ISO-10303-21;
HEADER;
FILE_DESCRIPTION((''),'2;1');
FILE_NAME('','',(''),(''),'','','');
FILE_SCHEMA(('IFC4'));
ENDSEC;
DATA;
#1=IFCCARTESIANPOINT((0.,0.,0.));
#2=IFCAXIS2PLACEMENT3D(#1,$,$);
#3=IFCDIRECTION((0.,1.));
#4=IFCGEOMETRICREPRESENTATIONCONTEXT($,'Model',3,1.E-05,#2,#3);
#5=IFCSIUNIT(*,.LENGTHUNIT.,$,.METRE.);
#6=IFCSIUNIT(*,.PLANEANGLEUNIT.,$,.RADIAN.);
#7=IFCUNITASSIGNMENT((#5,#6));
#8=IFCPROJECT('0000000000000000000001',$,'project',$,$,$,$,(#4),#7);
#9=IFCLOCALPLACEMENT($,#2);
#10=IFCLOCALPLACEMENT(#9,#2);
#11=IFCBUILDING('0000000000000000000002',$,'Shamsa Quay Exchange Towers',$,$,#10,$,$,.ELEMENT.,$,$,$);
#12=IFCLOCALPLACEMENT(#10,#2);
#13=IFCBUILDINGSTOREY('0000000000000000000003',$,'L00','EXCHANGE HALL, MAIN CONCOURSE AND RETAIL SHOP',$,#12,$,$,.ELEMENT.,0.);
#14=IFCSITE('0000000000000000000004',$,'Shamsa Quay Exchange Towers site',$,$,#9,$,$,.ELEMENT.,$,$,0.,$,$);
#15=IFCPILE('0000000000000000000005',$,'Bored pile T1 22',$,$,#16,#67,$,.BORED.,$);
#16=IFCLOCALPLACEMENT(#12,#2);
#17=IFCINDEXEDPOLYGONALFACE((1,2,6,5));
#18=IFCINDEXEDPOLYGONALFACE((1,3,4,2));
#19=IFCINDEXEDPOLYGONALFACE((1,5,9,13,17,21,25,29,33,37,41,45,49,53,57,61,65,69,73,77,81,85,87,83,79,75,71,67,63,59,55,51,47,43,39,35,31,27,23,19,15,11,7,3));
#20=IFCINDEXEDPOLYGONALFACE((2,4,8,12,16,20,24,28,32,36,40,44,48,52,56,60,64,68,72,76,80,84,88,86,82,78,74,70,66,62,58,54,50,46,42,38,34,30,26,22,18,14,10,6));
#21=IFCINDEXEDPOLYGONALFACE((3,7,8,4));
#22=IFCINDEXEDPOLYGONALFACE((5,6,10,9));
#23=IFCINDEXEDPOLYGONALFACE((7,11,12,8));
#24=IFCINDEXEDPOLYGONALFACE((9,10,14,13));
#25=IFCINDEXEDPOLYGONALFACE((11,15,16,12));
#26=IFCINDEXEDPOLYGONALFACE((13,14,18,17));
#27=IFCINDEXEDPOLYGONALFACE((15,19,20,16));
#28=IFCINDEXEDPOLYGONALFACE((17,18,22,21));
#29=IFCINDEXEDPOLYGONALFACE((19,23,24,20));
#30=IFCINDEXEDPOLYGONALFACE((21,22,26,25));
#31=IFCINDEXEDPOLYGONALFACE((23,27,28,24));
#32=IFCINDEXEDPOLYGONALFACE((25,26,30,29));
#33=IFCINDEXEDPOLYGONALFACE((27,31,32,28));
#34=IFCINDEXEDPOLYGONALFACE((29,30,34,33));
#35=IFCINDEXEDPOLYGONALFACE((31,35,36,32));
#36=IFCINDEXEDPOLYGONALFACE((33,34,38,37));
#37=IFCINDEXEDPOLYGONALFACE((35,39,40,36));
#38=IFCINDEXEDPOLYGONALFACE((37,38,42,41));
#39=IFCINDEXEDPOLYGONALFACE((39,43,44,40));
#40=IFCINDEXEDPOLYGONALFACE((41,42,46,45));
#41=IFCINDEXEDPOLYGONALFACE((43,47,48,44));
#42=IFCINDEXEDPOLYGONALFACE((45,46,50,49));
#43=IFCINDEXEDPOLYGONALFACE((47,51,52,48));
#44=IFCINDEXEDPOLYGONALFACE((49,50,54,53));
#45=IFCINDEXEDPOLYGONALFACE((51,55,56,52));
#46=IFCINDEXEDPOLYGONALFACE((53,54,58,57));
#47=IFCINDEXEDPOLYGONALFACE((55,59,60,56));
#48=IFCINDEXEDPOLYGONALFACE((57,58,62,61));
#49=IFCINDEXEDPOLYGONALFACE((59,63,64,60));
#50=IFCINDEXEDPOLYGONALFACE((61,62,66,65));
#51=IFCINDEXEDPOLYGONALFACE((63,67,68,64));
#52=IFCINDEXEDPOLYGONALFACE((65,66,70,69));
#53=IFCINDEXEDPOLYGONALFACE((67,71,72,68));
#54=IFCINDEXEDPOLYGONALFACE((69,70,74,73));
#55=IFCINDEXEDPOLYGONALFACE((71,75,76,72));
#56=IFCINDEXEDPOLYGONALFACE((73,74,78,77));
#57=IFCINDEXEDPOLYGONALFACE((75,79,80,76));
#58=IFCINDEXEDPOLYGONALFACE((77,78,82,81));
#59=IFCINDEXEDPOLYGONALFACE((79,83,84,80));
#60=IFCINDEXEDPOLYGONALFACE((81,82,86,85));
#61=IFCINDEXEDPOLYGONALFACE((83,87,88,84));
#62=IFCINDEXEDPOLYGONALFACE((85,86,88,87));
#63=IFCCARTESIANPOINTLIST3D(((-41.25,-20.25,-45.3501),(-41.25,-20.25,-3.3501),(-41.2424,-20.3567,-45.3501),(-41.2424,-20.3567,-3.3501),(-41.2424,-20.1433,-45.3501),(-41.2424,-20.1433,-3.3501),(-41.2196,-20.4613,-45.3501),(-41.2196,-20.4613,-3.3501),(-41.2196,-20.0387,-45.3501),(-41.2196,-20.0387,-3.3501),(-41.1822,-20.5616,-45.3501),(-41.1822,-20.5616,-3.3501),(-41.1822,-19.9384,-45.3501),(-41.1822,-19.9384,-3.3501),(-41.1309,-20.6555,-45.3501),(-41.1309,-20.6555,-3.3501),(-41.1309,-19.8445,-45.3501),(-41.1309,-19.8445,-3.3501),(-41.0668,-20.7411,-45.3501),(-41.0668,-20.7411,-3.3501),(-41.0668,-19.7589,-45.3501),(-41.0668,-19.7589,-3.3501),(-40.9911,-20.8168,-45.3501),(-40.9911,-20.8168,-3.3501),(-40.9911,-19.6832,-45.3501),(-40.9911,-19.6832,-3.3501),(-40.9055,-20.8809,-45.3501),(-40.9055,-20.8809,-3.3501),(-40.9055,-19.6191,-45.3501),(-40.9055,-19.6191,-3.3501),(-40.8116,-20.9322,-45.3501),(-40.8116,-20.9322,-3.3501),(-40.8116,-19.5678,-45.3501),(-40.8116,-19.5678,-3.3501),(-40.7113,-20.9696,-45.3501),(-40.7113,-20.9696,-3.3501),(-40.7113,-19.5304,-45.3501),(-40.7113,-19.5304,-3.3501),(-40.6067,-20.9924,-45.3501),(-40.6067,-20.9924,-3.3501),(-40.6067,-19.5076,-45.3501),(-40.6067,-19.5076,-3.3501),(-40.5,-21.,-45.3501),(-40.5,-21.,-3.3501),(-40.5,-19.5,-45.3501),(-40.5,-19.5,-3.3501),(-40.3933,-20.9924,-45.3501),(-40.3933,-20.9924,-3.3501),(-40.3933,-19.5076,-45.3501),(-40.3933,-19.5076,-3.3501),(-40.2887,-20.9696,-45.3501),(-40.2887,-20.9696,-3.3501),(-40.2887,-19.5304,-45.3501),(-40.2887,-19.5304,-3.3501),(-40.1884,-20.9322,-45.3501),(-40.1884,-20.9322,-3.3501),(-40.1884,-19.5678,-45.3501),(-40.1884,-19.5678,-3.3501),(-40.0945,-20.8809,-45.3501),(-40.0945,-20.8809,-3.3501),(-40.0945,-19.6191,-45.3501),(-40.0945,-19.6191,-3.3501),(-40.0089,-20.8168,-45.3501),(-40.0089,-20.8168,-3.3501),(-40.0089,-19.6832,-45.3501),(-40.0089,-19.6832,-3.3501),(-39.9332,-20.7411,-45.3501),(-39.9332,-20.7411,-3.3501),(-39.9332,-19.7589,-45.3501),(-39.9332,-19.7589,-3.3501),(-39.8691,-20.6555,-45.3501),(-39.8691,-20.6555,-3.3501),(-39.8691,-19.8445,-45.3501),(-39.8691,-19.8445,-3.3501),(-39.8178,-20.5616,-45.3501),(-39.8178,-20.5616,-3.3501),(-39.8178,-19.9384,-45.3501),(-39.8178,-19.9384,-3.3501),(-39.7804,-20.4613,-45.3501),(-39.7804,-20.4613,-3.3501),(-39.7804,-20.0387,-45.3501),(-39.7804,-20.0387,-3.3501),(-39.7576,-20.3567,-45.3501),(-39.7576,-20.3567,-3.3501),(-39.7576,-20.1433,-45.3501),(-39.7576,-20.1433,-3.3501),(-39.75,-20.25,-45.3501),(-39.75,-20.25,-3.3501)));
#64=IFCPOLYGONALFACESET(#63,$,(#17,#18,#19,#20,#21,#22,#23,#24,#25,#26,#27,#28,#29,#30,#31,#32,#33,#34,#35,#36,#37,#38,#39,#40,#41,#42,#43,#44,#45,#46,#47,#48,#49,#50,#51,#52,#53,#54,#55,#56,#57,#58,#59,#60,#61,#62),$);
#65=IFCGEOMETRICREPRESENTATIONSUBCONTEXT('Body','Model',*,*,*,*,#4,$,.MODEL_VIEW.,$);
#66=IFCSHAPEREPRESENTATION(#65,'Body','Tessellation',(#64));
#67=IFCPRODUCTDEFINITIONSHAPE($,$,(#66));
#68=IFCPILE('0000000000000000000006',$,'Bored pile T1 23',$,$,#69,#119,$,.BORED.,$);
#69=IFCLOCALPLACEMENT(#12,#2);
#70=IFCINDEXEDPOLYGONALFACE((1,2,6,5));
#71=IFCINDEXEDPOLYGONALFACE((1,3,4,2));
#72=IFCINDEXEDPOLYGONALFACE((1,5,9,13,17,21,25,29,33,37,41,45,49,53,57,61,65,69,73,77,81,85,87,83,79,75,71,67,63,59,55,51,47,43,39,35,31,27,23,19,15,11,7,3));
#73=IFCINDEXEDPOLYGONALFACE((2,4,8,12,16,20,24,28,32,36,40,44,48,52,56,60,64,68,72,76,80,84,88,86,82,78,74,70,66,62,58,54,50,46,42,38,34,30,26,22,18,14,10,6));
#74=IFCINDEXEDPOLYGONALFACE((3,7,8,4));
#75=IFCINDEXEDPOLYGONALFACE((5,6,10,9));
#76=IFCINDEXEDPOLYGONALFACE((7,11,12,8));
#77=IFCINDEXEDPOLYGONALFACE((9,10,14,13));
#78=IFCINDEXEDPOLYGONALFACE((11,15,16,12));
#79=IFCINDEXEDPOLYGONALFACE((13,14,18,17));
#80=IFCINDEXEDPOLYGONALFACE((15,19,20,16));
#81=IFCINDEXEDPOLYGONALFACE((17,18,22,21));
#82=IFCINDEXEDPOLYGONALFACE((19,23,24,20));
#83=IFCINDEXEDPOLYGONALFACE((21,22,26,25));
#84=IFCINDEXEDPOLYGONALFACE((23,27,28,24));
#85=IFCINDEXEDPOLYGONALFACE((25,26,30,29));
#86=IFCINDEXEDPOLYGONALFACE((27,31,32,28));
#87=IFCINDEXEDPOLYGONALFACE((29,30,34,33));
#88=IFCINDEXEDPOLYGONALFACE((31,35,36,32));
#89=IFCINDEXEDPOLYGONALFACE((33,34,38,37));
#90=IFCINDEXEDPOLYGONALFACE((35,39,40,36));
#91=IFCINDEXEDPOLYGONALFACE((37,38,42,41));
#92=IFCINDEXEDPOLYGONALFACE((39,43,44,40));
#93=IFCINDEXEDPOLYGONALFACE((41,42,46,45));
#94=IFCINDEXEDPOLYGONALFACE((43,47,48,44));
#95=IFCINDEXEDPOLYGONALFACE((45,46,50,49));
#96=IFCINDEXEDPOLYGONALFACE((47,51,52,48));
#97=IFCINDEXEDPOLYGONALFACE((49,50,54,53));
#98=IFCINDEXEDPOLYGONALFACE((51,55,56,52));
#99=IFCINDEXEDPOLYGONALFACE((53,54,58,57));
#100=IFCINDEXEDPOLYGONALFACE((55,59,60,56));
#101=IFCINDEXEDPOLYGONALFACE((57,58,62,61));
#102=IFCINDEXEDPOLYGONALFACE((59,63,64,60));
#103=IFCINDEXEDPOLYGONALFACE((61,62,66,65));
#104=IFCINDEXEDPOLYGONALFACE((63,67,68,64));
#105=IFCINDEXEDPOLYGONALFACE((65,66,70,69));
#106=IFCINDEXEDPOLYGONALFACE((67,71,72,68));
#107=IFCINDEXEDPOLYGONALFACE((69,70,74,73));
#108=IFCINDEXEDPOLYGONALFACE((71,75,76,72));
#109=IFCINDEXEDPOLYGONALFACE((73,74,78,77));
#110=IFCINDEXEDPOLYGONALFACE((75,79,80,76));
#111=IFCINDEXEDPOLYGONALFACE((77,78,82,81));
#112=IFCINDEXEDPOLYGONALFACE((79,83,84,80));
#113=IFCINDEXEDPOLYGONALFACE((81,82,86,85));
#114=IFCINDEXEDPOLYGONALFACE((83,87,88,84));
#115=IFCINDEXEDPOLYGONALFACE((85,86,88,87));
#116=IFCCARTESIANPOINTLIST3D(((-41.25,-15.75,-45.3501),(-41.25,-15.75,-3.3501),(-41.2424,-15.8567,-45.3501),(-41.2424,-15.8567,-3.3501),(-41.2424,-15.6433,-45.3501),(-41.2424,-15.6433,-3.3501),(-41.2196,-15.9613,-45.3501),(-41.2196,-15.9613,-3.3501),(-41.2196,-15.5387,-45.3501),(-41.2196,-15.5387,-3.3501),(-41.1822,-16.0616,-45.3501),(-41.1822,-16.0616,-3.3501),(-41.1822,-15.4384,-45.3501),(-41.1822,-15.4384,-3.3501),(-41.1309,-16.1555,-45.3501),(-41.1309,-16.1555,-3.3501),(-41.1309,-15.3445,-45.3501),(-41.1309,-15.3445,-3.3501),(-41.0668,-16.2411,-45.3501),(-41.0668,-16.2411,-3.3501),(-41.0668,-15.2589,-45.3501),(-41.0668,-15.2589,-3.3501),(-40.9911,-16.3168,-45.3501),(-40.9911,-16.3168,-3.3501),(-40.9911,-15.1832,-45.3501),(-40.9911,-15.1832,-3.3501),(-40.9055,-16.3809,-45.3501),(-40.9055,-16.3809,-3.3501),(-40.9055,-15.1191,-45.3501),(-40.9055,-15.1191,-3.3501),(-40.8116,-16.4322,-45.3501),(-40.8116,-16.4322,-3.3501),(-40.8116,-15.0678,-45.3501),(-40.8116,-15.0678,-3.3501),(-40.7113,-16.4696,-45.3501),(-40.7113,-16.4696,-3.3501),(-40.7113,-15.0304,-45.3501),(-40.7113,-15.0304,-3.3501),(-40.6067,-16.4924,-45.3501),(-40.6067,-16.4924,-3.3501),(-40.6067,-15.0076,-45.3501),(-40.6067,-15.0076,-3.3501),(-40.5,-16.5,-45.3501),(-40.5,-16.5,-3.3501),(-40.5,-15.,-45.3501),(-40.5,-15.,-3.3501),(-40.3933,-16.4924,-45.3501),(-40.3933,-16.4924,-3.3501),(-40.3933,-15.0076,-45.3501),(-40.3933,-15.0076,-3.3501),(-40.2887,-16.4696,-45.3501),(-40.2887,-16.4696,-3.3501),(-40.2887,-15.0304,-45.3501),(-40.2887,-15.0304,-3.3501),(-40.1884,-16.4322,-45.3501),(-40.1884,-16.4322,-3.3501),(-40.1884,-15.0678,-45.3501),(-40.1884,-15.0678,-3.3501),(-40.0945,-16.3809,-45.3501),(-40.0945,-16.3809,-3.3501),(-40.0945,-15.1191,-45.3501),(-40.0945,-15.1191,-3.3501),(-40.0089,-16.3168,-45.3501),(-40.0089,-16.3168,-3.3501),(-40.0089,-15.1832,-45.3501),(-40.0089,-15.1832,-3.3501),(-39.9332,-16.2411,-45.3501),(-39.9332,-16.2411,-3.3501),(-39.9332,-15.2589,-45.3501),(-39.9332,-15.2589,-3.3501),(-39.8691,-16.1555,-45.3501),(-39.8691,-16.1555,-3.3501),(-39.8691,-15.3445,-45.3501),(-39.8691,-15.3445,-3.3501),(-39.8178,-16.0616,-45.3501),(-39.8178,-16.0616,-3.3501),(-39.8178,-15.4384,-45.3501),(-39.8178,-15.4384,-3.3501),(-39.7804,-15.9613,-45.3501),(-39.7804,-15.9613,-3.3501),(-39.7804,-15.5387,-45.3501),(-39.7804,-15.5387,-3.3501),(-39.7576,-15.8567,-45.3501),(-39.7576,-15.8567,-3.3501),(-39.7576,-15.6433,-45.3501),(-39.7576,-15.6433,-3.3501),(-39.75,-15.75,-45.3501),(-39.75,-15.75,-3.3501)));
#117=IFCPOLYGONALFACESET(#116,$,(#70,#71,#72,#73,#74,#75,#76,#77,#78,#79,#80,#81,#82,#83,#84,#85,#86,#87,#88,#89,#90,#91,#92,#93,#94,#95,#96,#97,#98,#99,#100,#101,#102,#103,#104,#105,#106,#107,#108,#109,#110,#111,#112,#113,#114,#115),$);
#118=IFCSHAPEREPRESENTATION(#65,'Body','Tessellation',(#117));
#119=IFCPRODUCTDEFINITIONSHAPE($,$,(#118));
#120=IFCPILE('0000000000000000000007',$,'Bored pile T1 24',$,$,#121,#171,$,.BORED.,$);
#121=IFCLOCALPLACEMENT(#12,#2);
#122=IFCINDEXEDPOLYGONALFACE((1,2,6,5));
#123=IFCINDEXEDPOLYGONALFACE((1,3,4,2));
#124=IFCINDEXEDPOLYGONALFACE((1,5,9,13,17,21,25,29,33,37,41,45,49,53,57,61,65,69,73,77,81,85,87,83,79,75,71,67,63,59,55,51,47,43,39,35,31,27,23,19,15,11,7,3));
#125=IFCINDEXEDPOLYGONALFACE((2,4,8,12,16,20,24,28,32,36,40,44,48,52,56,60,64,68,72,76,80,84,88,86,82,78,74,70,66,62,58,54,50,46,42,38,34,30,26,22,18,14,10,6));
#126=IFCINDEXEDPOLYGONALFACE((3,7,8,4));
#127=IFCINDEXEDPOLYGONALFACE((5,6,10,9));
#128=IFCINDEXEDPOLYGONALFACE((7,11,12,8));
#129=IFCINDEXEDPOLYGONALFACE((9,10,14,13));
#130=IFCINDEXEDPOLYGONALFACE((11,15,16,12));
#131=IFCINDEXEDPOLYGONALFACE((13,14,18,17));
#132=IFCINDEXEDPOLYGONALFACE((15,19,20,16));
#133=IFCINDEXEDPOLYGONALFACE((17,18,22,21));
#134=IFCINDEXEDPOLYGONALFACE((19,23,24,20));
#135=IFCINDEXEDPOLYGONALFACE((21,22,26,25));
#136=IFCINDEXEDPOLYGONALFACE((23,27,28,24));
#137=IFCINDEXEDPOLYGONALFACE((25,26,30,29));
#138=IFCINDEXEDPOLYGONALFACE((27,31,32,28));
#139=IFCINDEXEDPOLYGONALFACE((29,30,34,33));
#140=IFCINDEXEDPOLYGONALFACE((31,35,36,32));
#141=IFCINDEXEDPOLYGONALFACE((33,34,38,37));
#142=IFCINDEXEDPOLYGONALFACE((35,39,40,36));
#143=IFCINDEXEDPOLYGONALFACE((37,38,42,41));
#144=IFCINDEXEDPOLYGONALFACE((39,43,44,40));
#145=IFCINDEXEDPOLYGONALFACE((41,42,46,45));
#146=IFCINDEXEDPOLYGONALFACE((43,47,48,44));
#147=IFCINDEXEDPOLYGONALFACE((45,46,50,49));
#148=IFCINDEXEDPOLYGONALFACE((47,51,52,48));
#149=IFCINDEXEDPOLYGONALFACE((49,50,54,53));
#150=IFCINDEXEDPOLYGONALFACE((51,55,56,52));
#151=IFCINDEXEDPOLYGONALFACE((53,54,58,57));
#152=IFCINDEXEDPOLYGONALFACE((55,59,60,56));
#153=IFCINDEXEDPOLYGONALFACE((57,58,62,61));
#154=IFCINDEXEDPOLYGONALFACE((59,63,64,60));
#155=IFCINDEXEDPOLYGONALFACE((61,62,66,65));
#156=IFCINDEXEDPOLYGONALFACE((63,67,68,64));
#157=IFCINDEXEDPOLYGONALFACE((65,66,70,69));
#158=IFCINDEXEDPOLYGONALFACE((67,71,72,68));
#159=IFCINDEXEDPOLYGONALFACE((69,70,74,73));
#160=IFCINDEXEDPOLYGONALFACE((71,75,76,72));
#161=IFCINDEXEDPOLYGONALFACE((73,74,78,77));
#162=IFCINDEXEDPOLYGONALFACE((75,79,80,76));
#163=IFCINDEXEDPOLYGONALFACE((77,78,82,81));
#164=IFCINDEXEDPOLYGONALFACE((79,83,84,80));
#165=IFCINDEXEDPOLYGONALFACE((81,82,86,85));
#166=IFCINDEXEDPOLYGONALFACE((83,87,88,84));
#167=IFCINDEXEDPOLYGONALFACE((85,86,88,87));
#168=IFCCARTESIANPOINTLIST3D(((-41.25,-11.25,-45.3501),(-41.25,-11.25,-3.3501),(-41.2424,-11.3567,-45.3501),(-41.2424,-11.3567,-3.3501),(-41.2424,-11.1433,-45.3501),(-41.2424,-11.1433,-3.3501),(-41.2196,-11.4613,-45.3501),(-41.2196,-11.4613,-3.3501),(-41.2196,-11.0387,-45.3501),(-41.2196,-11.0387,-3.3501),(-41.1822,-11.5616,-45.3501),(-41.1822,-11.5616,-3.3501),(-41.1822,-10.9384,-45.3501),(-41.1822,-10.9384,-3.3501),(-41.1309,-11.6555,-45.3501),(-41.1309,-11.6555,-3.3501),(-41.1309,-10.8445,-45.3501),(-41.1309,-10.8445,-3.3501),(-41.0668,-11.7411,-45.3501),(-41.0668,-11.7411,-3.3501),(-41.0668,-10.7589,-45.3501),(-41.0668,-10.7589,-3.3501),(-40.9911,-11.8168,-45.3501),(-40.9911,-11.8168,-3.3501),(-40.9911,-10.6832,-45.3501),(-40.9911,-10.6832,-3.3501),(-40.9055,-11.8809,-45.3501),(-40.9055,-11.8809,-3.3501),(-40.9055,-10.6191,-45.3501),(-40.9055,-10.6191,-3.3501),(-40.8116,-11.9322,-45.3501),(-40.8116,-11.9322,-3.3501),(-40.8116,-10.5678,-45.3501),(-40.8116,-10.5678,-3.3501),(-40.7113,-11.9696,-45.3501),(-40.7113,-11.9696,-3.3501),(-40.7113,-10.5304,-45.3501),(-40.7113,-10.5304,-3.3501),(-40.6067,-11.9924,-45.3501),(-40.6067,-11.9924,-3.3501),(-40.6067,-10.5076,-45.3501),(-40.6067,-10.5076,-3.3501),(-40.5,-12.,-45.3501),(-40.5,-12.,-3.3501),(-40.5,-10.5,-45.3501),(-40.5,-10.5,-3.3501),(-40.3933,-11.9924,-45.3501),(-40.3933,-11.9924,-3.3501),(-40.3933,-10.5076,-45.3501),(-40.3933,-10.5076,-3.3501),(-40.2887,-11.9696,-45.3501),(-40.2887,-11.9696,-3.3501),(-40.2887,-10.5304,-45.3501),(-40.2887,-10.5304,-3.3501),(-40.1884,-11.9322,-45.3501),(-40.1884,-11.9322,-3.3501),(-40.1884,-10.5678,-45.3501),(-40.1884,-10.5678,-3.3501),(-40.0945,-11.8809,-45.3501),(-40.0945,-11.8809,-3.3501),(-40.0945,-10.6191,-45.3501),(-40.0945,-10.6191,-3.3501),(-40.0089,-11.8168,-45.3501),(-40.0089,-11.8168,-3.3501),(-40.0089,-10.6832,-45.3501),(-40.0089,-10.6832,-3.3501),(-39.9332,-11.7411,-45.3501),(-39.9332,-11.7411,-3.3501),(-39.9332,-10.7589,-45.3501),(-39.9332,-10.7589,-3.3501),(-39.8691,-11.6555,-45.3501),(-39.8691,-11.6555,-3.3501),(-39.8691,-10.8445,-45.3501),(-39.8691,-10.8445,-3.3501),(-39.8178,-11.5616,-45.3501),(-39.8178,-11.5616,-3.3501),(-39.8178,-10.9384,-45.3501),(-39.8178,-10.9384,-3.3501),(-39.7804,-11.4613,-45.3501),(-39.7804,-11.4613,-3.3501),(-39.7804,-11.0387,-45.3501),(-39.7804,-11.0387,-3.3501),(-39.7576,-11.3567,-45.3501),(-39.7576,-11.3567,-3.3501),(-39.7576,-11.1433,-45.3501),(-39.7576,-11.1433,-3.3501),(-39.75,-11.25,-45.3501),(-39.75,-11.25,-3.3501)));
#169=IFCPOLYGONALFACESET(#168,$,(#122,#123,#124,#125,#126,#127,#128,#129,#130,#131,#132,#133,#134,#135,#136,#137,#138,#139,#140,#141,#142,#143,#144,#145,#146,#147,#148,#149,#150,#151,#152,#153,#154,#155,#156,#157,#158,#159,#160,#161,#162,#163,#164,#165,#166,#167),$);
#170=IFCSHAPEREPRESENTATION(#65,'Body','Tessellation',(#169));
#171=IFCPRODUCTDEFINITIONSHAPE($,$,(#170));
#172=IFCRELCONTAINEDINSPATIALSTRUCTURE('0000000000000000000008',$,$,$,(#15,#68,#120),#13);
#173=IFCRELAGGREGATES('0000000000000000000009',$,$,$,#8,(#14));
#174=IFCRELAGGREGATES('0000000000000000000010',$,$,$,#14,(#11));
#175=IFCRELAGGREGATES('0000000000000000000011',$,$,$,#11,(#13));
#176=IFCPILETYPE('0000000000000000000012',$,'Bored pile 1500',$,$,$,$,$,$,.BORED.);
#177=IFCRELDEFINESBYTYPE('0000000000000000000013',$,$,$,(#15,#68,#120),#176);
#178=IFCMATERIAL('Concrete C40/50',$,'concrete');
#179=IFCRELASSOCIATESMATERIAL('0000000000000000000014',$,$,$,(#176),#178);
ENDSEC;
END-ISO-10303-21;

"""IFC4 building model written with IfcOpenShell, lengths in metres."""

from ifc_helpers import new_model, si_unit, direction, frame, origin, origin_2d, place, context, subcontext, project, spatial, circle, extrude, material, material_profile, profile_set, type_object, element, save


model = new_model("IFC4")

# Units and contexts
model_context = context("Model", 3, precision=1e-05, world=origin(), true_north=direction((0.0, 1.0)))
body_context = subcontext(model_context, "Body", "Model", "MODEL_VIEW")
ifc_project = project(units=[si_unit("LENGTHUNIT", "METRE"), si_unit("PLANEANGLEUNIT", "RADIAN")], contexts=[model_context])

# Site, building, storey
site_placement = place(None, origin())
site = spatial("IfcSite", under=ifc_project, at=site_placement, Name="Shamsa Quay Exchange Towers site", CompositionType="ELEMENT", RefElevation=0.0)
building_placement = place(site_placement, origin())
building = spatial("IfcBuilding", under=site, at=building_placement, Name="Shamsa Quay Exchange Towers", CompositionType="ELEMENT")
storey_placement = place(building_placement, origin())
storey = spatial("IfcBuildingStorey", under=building, at=storey_placement, Name="L00", Description="EXCHANGE HALL, MAIN CONCOURSE AND RETAIL SHOP", CompositionType="ELEMENT", Elevation=0.0)

# Piles
ifc_material_1 = material(Name="Concrete C40/50", Category="concrete")
ifc_material_profile_1 = material_profile(ifc_material_1, circle(Radius=0.75, at=origin_2d()), Name="BP1500")
ifc_profile_set_1 = profile_set([ifc_material_profile_1], Name="Concrete C40/50")
pile_type_1 = type_object("IfcPileType", Name="Bored pile 1500", PredefinedType="BORED", material=ifc_profile_set_1)
for number, where, z_axis, x_axis, name in (
    (1, (-40.5, -20.25, -3.3501), (0.0, 0.0, -1.0), (1.0, 0.0, 0.0), "Bored pile T1 22"),
    (2, (-40.5, -15.75, -3.3501), (0.0, 0.0, -1.0), (1.0, 0.0, 0.0), "Bored pile T1 23"),
    (3, (-40.5, -11.25, -3.3501), (0.0, 0.0, -1.0), (1.0, 0.0, 0.0), "Bored pile T1 24"),
):
    element("IfcPile", number, at=place(storey_placement, frame(where, z_axis=z_axis, x_axis=x_axis)), inside=storey, type_object=pile_type_1, Name=name, PredefinedType="BORED", context=body_context, shape_type="SweptSolid", body=[
        extrude(circle(Radius=0.75, at=origin_2d()), origin(), (0.0, 0.0, 1.0), 42.0),
    ])

save(model, "model.ifc")
